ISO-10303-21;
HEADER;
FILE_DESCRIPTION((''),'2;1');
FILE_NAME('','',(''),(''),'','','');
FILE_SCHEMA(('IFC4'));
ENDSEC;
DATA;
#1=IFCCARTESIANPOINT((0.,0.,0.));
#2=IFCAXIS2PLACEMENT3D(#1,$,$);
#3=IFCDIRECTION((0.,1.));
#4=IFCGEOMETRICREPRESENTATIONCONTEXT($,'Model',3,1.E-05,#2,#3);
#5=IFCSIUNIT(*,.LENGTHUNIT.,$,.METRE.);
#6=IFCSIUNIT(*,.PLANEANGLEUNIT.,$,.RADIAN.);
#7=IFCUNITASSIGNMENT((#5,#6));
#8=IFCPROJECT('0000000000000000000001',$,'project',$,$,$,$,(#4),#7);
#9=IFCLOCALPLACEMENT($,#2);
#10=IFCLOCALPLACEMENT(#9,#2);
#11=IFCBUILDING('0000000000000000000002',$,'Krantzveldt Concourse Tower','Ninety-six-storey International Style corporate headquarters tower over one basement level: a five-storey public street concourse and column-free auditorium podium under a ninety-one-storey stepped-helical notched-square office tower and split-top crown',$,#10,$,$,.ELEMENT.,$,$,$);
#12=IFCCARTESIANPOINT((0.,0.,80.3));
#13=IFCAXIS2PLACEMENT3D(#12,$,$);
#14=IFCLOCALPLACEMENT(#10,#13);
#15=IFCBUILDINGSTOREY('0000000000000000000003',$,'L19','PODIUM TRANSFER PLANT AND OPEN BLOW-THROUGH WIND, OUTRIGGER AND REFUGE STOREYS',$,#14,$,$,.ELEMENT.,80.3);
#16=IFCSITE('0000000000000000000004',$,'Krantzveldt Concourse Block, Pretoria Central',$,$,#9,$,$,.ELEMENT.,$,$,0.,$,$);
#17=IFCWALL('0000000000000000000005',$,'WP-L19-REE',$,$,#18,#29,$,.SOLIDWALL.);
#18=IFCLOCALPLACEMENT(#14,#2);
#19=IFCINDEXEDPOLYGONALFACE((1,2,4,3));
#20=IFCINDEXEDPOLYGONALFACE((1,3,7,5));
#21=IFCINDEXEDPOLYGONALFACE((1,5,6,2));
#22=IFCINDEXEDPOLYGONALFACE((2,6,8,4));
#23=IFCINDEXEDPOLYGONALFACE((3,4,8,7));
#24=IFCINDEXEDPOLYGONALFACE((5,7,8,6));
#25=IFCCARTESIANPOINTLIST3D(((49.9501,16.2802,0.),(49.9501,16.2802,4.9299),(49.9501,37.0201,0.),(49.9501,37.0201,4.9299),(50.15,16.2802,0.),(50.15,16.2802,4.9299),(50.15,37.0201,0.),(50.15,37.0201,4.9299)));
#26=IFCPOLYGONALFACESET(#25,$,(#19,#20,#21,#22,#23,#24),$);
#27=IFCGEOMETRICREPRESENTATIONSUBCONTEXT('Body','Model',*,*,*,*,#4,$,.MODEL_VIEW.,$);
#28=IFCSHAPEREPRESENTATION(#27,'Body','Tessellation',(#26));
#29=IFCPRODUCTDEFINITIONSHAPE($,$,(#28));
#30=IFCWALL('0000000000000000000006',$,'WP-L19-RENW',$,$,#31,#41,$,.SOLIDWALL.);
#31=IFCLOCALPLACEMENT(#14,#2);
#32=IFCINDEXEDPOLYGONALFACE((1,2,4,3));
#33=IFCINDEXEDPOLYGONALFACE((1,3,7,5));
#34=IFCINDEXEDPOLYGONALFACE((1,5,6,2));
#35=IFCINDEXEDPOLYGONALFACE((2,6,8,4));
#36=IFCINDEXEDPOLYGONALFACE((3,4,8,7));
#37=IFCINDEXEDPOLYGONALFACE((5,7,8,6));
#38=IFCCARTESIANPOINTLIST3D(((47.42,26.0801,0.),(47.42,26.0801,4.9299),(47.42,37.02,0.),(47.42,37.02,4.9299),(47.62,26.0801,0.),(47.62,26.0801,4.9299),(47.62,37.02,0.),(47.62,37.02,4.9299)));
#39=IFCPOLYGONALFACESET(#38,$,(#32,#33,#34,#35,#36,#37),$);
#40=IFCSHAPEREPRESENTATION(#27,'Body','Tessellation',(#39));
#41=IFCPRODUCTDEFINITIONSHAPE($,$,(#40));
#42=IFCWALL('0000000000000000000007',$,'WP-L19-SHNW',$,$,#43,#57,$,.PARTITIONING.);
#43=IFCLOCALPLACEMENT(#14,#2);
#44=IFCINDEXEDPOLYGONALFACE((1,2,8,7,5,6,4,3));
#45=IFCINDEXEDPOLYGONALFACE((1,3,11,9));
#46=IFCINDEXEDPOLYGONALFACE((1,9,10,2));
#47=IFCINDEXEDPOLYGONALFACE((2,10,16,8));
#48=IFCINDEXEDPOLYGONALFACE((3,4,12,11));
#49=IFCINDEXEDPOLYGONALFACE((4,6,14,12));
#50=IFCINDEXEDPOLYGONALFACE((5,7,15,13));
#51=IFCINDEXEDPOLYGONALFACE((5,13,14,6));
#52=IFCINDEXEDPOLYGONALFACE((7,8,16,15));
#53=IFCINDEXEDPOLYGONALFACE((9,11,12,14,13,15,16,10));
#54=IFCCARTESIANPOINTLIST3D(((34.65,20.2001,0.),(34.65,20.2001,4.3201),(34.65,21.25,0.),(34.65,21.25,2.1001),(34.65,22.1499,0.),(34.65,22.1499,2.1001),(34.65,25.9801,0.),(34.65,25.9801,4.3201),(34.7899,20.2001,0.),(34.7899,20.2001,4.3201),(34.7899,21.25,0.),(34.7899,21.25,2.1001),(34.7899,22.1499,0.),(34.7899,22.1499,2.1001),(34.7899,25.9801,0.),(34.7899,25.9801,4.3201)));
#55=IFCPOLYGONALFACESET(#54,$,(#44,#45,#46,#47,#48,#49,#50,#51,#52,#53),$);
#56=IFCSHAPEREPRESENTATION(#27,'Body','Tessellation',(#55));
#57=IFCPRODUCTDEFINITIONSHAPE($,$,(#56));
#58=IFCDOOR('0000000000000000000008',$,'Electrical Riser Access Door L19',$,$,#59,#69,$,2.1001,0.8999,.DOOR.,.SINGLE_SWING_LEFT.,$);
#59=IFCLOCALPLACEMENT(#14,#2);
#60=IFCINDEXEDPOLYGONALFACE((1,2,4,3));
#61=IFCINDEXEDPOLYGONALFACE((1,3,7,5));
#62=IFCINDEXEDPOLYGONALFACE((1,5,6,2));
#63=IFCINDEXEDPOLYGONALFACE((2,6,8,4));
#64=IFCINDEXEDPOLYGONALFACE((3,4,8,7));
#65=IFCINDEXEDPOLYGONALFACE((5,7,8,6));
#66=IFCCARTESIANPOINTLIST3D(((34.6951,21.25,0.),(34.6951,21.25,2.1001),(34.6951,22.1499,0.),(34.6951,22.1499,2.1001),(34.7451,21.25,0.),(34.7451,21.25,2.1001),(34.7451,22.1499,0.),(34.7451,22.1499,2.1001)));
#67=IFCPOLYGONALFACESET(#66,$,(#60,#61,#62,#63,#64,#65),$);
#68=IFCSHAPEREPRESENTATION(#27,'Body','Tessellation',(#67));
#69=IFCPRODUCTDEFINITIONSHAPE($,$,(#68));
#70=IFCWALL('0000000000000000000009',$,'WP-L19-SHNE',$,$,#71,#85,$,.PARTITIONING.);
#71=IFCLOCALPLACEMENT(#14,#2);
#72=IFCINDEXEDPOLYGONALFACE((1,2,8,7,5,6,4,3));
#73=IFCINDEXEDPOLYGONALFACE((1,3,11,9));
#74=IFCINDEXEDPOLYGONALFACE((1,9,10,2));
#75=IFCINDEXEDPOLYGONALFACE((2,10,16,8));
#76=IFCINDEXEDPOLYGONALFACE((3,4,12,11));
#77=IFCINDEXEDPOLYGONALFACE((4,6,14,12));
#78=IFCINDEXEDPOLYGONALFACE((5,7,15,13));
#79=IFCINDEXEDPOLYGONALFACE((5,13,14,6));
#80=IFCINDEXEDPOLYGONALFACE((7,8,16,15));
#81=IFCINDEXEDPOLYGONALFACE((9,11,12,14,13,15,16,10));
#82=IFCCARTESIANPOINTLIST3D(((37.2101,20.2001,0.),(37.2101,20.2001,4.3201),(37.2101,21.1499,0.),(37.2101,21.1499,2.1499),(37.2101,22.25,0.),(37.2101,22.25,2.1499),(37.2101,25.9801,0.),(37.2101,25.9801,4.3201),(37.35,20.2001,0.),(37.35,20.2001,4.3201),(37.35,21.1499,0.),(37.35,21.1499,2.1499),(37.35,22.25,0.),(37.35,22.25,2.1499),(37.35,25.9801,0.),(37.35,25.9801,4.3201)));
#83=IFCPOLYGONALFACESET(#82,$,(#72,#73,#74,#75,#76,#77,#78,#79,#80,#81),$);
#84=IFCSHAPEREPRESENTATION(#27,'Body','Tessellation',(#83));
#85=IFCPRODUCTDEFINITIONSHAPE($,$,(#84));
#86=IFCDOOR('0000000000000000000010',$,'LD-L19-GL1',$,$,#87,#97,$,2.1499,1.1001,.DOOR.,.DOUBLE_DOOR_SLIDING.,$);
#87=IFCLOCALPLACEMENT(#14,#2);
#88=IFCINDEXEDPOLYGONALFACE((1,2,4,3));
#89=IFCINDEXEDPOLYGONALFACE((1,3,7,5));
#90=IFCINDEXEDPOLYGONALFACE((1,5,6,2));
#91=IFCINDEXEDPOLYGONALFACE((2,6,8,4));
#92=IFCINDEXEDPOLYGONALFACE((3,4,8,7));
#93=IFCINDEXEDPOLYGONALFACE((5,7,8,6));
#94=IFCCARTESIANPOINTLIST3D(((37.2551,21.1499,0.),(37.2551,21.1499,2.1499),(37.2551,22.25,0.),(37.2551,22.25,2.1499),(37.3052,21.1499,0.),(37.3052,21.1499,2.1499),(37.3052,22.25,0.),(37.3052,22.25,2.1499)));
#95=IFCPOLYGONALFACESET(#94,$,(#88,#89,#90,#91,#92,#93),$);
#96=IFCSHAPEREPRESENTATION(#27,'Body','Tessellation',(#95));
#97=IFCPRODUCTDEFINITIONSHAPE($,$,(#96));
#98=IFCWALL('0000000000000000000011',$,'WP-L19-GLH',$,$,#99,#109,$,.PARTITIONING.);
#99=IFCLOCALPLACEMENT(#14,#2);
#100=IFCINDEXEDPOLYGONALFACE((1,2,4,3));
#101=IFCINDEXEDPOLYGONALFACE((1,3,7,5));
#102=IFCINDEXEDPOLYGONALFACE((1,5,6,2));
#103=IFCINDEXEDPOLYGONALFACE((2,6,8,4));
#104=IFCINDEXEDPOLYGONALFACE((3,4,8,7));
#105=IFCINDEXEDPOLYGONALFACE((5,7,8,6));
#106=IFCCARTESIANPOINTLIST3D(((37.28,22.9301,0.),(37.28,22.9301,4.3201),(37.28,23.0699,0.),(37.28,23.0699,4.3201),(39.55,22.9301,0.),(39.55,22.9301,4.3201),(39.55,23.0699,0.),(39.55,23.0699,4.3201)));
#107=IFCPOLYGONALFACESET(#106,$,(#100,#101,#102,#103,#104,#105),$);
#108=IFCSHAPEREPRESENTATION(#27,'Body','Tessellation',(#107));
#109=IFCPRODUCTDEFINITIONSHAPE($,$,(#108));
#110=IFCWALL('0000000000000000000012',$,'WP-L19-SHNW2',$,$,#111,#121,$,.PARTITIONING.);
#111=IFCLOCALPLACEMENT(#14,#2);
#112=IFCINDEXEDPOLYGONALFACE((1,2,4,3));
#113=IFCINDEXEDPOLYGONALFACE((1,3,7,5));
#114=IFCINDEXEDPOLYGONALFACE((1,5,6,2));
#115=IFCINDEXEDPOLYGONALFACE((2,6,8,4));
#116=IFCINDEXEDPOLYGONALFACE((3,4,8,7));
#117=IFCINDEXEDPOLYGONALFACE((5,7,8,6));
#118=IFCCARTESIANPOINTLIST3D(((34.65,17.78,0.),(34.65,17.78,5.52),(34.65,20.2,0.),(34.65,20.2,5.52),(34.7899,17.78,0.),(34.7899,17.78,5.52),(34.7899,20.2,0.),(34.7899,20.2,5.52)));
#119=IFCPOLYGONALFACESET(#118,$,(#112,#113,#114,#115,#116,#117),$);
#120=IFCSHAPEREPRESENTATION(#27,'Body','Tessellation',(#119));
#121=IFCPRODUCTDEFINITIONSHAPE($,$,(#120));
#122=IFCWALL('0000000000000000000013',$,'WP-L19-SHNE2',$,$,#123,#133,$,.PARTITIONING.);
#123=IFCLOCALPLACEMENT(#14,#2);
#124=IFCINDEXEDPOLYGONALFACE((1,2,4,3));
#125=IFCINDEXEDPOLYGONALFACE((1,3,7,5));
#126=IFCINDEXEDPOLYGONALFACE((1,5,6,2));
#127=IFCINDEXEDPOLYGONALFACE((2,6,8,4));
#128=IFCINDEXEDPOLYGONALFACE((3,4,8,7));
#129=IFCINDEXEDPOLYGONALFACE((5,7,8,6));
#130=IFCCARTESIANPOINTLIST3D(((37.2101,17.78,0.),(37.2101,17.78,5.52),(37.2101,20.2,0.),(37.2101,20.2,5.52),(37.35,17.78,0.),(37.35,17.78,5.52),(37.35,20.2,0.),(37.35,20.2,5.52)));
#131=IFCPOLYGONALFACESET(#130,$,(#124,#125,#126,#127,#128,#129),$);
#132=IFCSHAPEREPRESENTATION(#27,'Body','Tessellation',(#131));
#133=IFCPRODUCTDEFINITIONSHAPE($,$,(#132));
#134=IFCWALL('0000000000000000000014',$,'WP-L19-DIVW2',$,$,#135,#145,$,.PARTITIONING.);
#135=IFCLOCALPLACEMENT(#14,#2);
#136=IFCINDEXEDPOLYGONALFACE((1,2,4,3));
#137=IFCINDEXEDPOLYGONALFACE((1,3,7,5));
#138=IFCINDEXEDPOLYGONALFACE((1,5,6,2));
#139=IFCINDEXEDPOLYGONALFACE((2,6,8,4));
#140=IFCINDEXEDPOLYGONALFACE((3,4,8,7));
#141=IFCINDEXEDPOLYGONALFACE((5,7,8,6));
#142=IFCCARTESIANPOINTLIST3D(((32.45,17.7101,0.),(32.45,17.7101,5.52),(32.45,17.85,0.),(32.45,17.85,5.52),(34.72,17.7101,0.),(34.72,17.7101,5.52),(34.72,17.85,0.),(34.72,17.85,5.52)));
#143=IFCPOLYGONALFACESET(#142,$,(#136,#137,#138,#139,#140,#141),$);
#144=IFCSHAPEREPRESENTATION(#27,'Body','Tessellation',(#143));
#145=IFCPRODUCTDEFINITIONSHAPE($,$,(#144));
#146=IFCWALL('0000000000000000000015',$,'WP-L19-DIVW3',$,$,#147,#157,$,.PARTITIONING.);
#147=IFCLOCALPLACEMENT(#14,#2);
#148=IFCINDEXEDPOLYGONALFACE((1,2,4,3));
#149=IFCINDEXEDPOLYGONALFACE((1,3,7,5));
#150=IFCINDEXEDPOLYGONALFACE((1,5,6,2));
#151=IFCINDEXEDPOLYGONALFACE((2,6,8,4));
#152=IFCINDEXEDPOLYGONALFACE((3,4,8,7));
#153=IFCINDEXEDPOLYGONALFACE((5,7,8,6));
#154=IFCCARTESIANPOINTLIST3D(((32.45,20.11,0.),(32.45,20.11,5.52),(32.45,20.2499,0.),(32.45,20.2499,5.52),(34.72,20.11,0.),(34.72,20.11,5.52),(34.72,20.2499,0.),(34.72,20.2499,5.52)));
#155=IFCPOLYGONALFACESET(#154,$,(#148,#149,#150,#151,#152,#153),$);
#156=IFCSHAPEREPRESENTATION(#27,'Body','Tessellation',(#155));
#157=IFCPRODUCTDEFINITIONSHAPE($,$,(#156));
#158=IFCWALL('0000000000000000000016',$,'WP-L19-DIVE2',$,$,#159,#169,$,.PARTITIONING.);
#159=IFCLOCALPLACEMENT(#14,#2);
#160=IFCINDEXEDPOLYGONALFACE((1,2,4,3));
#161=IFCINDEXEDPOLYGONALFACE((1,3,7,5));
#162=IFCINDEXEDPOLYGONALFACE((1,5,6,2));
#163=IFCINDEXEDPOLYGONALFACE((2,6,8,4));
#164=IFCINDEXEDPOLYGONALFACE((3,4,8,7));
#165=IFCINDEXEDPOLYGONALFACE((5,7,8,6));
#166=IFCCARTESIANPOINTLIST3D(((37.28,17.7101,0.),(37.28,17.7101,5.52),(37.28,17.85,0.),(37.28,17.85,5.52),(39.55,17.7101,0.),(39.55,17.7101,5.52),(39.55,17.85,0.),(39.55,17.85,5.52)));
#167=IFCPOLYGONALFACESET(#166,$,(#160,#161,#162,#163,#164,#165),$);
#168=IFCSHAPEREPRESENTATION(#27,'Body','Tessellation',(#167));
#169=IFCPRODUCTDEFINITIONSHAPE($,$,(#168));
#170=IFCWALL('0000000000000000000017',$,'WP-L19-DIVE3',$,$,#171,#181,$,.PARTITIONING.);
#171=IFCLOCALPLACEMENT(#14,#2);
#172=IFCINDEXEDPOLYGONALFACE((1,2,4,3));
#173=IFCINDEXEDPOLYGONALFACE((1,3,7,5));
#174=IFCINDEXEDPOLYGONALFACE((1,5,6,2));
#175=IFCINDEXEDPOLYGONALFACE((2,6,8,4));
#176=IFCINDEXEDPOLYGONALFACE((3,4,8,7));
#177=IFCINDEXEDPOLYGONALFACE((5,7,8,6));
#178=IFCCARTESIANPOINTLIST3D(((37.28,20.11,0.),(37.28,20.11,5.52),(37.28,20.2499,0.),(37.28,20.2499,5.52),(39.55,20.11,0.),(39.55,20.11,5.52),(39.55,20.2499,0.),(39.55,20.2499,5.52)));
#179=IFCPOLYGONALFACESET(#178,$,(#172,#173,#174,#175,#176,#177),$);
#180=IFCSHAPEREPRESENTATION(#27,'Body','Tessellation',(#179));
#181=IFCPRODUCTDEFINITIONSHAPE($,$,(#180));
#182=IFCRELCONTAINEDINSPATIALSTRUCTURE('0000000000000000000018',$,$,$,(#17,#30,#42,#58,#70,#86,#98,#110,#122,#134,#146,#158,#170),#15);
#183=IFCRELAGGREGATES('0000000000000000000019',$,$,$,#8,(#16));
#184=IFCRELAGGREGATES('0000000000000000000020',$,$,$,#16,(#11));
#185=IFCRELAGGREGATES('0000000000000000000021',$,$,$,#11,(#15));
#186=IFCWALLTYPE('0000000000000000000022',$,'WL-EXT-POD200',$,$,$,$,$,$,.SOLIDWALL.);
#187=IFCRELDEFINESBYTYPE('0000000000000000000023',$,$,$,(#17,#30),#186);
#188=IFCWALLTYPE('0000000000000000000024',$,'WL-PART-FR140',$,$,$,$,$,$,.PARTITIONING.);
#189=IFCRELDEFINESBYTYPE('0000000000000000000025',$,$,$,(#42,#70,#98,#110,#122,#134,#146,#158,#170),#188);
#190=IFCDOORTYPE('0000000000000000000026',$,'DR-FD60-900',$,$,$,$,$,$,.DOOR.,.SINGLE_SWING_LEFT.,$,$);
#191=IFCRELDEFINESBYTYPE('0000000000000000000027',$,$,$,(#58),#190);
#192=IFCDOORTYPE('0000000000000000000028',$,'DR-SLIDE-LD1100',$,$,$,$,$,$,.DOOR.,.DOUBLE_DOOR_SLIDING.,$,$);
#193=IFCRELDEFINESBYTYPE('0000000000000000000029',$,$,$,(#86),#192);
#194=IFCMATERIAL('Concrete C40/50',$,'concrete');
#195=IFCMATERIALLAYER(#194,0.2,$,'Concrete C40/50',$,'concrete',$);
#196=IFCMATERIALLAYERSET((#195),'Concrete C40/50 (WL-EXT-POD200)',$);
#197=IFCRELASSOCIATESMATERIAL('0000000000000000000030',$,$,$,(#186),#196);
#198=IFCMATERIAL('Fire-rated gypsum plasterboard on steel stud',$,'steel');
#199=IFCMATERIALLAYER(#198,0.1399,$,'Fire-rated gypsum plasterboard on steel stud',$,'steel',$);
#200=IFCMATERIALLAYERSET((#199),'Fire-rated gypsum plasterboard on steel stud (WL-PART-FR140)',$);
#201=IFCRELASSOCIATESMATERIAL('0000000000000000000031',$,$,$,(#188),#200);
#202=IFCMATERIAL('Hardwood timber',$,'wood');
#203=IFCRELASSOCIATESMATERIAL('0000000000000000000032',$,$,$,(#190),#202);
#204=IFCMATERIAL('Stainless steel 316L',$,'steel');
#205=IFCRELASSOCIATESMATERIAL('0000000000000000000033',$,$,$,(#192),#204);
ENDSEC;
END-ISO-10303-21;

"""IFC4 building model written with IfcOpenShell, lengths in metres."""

from ifc_helpers import new_model, si_unit, direction, frame, frame_2d, origin, place, context, subcontext, project, spatial, rectangle, extrude, material, layer, layer_set, type_object, element, fill, save


model = new_model("IFC4")

# Units and contexts
model_context = context("Model", 3, precision=1e-05, world=origin(), true_north=direction((0.0, 1.0)))
body_context = subcontext(model_context, "Body", "Model", "MODEL_VIEW")
ifc_project = project(units=[si_unit("LENGTHUNIT", "METRE"), si_unit("PLANEANGLEUNIT", "RADIAN")], contexts=[model_context])

# Site, building, storey
site_placement = place(None, origin())
site = spatial("IfcSite", under=ifc_project, at=site_placement, Name="Krantzveldt Concourse Block, Pretoria Central", CompositionType="ELEMENT", RefElevation=0.0)
building_placement = place(site_placement, origin())
building = spatial("IfcBuilding", under=site, at=building_placement, Name="Krantzveldt Concourse Tower", Description="Ninety-six-storey International Style corporate headquarters tower over one basement level: a five-storey public street concourse and column-free auditorium podium under a ninety-one-storey stepped-helical notched-square office tower and split-top crown", CompositionType="ELEMENT")
storey_placement = place(building_placement, frame((0.0, 0.0, 80.3)))
storey = spatial("IfcBuildingStorey", under=building, at=storey_placement, Name="L19", Description="PODIUM TRANSFER PLANT AND OPEN BLOW-THROUGH WIND, OUTRIGGER AND REFUGE STOREYS", CompositionType="ELEMENT", Elevation=80.3)

# Walls
ifc_material_1 = material(Name="Concrete C40/50", Category="concrete")
ifc_layer_1 = layer(ifc_material_1, 0.2, Name="Concrete C40/50", Category="concrete")
ifc_layer_set_1 = layer_set([ifc_layer_1], Name="Concrete C40/50 (WL-EXT-POD200)")
wall_type_1 = type_object("IfcWallType", Name="WL-EXT-POD200", PredefinedType="SOLIDWALL", material=ifc_layer_set_1)
wall_1_placement = place(storey_placement, frame((50.05, 16.28, 0.0), z_axis=(0.0, 0.0, 1.0), x_axis=(0.0, 1.0, 0.0)))
element("IfcWall", 1, at=wall_1_placement, inside=storey, type_object=wall_type_1, Name="WP-L19-REE", PredefinedType="SOLIDWALL", context=body_context, shape_type="SweptSolid", body=[
    extrude(rectangle(XDim=20.74, YDim=0.2, at=frame_2d((10.3701, 0.0))), origin(), (0.0, 0.0, 1.0), 4.9299),
])
wall_2_placement = place(storey_placement, frame((47.52, 26.0801, 0.0), z_axis=(0.0, 0.0, 1.0), x_axis=(0.0, 1.0, 0.0)))
element("IfcWall", 2, at=wall_2_placement, inside=storey, type_object=wall_type_1, Name="WP-L19-RENW", PredefinedType="SOLIDWALL", context=body_context, shape_type="SweptSolid", body=[
    extrude(rectangle(XDim=10.9399, YDim=0.2, at=frame_2d((5.47, 0.0))), origin(), (0.0, 0.0, 1.0), 4.9299),
])

# Walls, openings, doors
ifc_material_2 = material(Name="Fire-rated gypsum plasterboard on steel stud", Category="steel")
ifc_layer_2 = layer(ifc_material_2, 0.1399, Name="Fire-rated gypsum plasterboard on steel stud", Category="steel")
ifc_layer_set_2 = layer_set([ifc_layer_2], Name="Fire-rated gypsum plasterboard on steel stud (WL-PART-FR140)")
wall_type_2 = type_object("IfcWallType", Name="WL-PART-FR140", PredefinedType="PARTITIONING", material=ifc_layer_set_2)
wall_3_placement = place(storey_placement, frame((34.72, 20.2, 0.0), z_axis=(0.0, 0.0, 1.0), x_axis=(0.0, 1.0, 0.0)))
wall_3 = element("IfcWall", 3, at=wall_3_placement, inside=storey, type_object=wall_type_2, Name="WP-L19-SHNW", PredefinedType="PARTITIONING", context=body_context, shape_type="SweptSolid", body=[
    extrude(rectangle(XDim=5.78, YDim=0.1399, at=frame_2d((2.8901, 0.0))), origin(), (0.0, 0.0, 1.0), 4.3201),
])
opening_1_placement = place(wall_3_placement, frame((1.05, 0.0, 0.0)))
opening_1 = element("IfcOpeningElement", 4, at=opening_1_placement, cuts=wall_3, PredefinedType="OPENING", context=body_context, shape_type="SweptSolid", body=[
    extrude(rectangle(XDim=0.8999, YDim=2.1001, at=frame_2d((0.45, 1.05))), frame((0.0, 0.0801, 0.0), z_axis=(0.0, -1.0, 0.0), x_axis=(1.0, 0.0, 0.0)), (0.0, 0.0, 1.0), 0.1599),
])
ifc_material_3 = material(Name="Hardwood timber", Category="wood")
door_type_1 = type_object("IfcDoorType", Name="DR-FD60-900", OperationType="SINGLE_SWING_LEFT", PredefinedType="DOOR", material=ifc_material_3)
door_1_placement = place(opening_1_placement, origin())
door_1 = element("IfcDoor", 5, at=door_1_placement, inside=storey, type_object=door_type_1, Name="Electrical Riser Access Door L19", OperationType="SINGLE_SWING_LEFT", OverallHeight=2.1001, OverallWidth=0.8999, PredefinedType="DOOR", context=body_context, shape_type="SweptSolid", body=[
    extrude(rectangle(XDim=0.8999, YDim=2.1001, at=frame_2d((0.45, 1.05))), frame((0.0, 0.0249, 0.0), z_axis=(0.0, -1.0, 0.0), x_axis=(1.0, 0.0, 0.0)), (0.0, 0.0, 1.0), 0.05),
])
fill(opening_1, door_1)
wall_4_placement = place(storey_placement, frame((37.28, 20.2, 0.0), z_axis=(0.0, 0.0, 1.0), x_axis=(0.0, 1.0, 0.0)))
wall_4 = element("IfcWall", 6, at=wall_4_placement, inside=storey, type_object=wall_type_2, Name="WP-L19-SHNE", PredefinedType="PARTITIONING", context=body_context, shape_type="SweptSolid", body=[
    extrude(rectangle(XDim=5.78, YDim=0.1399, at=frame_2d((2.8901, 0.0))), origin(), (0.0, 0.0, 1.0), 4.3201),
])
opening_2_placement = place(wall_4_placement, frame((0.95, 0.0, 0.0)))
opening_2 = element("IfcOpeningElement", 7, at=opening_2_placement, cuts=wall_4, PredefinedType="OPENING", context=body_context, shape_type="SweptSolid", body=[
    extrude(rectangle(XDim=1.1001, YDim=2.1499, at=frame_2d((0.55, 1.075))), frame((0.0, 0.0801, 0.0), z_axis=(0.0, -1.0, 0.0), x_axis=(1.0, 0.0, 0.0)), (0.0, 0.0, 1.0), 0.1599),
])
ifc_material_4 = material(Name="Stainless steel 316L", Category="steel")
door_type_2 = type_object("IfcDoorType", Name="DR-SLIDE-LD1100", OperationType="DOUBLE_DOOR_SLIDING", PredefinedType="DOOR", material=ifc_material_4)
door_2_placement = place(opening_2_placement, origin())
door_2 = element("IfcDoor", 8, at=door_2_placement, inside=storey, type_object=door_type_2, Name="LD-L19-GL1", OperationType="DOUBLE_DOOR_SLIDING", OverallHeight=2.1499, OverallWidth=1.1001, PredefinedType="DOOR", context=body_context, shape_type="SweptSolid", body=[
    extrude(rectangle(XDim=1.1001, YDim=2.1499, at=frame_2d((0.55, 1.075))), frame((0.0, 0.0249, 0.0), z_axis=(0.0, -1.0, 0.0), x_axis=(1.0, 0.0, 0.0)), (0.0, 0.0, 1.0), 0.05),
])
fill(opening_2, door_2)

# Walls
wall_5_placement = place(storey_placement, frame((37.28, 23.0, 0.0), z_axis=(0.0, 0.0, 1.0), x_axis=(1.0, 0.0, 0.0)))
element("IfcWall", 9, at=wall_5_placement, inside=storey, type_object=wall_type_2, Name="WP-L19-GLH", PredefinedType="PARTITIONING", context=body_context, shape_type="SweptSolid", body=[
    extrude(rectangle(XDim=2.27, YDim=0.1399, at=frame_2d((1.135, 0.0))), origin(), (0.0, 0.0, 1.0), 4.3201),
])
for number, where, z_axis, x_axis, name in (
    (10, (34.72, 17.78, 0.0), (0.0, 0.0, 1.0), (0.0, 1.0, 0.0), "WP-L19-SHNW2"),
    (11, (37.28, 17.78, 0.0), (0.0, 0.0, 1.0), (0.0, 1.0, 0.0), "WP-L19-SHNE2"),
):
    element("IfcWall", number, at=place(storey_placement, frame(where, z_axis=z_axis, x_axis=x_axis)), inside=storey, type_object=wall_type_2, Name=name, PredefinedType="PARTITIONING", context=body_context, shape_type="SweptSolid", body=[
        extrude(rectangle(XDim=2.4199, YDim=0.1399, at=frame_2d((1.21, 0.0))), origin(), (0.0, 0.0, 1.0), 5.52),
    ])
for number, where, z_axis, x_axis, name in (
    (12, (32.45, 17.78, 0.0), (0.0, 0.0, 1.0), (1.0, 0.0, 0.0), "WP-L19-DIVW2"),
    (13, (32.45, 20.1799, 0.0), (0.0, 0.0, 1.0), (1.0, 0.0, 0.0), "WP-L19-DIVW3"),
    (14, (37.28, 17.78, 0.0), (0.0, 0.0, 1.0), (1.0, 0.0, 0.0), "WP-L19-DIVE2"),
    (15, (37.28, 20.1799, 0.0), (0.0, 0.0, 1.0), (1.0, 0.0, 0.0), "WP-L19-DIVE3"),
):
    element("IfcWall", number, at=place(storey_placement, frame(where, z_axis=z_axis, x_axis=x_axis)), inside=storey, type_object=wall_type_2, Name=name, PredefinedType="PARTITIONING", context=body_context, shape_type="SweptSolid", body=[
        extrude(rectangle(XDim=2.27, YDim=0.1399, at=frame_2d((1.135, 0.0))), origin(), (0.0, 0.0, 1.0), 5.52),
    ])

save(model, "model.ifc")
